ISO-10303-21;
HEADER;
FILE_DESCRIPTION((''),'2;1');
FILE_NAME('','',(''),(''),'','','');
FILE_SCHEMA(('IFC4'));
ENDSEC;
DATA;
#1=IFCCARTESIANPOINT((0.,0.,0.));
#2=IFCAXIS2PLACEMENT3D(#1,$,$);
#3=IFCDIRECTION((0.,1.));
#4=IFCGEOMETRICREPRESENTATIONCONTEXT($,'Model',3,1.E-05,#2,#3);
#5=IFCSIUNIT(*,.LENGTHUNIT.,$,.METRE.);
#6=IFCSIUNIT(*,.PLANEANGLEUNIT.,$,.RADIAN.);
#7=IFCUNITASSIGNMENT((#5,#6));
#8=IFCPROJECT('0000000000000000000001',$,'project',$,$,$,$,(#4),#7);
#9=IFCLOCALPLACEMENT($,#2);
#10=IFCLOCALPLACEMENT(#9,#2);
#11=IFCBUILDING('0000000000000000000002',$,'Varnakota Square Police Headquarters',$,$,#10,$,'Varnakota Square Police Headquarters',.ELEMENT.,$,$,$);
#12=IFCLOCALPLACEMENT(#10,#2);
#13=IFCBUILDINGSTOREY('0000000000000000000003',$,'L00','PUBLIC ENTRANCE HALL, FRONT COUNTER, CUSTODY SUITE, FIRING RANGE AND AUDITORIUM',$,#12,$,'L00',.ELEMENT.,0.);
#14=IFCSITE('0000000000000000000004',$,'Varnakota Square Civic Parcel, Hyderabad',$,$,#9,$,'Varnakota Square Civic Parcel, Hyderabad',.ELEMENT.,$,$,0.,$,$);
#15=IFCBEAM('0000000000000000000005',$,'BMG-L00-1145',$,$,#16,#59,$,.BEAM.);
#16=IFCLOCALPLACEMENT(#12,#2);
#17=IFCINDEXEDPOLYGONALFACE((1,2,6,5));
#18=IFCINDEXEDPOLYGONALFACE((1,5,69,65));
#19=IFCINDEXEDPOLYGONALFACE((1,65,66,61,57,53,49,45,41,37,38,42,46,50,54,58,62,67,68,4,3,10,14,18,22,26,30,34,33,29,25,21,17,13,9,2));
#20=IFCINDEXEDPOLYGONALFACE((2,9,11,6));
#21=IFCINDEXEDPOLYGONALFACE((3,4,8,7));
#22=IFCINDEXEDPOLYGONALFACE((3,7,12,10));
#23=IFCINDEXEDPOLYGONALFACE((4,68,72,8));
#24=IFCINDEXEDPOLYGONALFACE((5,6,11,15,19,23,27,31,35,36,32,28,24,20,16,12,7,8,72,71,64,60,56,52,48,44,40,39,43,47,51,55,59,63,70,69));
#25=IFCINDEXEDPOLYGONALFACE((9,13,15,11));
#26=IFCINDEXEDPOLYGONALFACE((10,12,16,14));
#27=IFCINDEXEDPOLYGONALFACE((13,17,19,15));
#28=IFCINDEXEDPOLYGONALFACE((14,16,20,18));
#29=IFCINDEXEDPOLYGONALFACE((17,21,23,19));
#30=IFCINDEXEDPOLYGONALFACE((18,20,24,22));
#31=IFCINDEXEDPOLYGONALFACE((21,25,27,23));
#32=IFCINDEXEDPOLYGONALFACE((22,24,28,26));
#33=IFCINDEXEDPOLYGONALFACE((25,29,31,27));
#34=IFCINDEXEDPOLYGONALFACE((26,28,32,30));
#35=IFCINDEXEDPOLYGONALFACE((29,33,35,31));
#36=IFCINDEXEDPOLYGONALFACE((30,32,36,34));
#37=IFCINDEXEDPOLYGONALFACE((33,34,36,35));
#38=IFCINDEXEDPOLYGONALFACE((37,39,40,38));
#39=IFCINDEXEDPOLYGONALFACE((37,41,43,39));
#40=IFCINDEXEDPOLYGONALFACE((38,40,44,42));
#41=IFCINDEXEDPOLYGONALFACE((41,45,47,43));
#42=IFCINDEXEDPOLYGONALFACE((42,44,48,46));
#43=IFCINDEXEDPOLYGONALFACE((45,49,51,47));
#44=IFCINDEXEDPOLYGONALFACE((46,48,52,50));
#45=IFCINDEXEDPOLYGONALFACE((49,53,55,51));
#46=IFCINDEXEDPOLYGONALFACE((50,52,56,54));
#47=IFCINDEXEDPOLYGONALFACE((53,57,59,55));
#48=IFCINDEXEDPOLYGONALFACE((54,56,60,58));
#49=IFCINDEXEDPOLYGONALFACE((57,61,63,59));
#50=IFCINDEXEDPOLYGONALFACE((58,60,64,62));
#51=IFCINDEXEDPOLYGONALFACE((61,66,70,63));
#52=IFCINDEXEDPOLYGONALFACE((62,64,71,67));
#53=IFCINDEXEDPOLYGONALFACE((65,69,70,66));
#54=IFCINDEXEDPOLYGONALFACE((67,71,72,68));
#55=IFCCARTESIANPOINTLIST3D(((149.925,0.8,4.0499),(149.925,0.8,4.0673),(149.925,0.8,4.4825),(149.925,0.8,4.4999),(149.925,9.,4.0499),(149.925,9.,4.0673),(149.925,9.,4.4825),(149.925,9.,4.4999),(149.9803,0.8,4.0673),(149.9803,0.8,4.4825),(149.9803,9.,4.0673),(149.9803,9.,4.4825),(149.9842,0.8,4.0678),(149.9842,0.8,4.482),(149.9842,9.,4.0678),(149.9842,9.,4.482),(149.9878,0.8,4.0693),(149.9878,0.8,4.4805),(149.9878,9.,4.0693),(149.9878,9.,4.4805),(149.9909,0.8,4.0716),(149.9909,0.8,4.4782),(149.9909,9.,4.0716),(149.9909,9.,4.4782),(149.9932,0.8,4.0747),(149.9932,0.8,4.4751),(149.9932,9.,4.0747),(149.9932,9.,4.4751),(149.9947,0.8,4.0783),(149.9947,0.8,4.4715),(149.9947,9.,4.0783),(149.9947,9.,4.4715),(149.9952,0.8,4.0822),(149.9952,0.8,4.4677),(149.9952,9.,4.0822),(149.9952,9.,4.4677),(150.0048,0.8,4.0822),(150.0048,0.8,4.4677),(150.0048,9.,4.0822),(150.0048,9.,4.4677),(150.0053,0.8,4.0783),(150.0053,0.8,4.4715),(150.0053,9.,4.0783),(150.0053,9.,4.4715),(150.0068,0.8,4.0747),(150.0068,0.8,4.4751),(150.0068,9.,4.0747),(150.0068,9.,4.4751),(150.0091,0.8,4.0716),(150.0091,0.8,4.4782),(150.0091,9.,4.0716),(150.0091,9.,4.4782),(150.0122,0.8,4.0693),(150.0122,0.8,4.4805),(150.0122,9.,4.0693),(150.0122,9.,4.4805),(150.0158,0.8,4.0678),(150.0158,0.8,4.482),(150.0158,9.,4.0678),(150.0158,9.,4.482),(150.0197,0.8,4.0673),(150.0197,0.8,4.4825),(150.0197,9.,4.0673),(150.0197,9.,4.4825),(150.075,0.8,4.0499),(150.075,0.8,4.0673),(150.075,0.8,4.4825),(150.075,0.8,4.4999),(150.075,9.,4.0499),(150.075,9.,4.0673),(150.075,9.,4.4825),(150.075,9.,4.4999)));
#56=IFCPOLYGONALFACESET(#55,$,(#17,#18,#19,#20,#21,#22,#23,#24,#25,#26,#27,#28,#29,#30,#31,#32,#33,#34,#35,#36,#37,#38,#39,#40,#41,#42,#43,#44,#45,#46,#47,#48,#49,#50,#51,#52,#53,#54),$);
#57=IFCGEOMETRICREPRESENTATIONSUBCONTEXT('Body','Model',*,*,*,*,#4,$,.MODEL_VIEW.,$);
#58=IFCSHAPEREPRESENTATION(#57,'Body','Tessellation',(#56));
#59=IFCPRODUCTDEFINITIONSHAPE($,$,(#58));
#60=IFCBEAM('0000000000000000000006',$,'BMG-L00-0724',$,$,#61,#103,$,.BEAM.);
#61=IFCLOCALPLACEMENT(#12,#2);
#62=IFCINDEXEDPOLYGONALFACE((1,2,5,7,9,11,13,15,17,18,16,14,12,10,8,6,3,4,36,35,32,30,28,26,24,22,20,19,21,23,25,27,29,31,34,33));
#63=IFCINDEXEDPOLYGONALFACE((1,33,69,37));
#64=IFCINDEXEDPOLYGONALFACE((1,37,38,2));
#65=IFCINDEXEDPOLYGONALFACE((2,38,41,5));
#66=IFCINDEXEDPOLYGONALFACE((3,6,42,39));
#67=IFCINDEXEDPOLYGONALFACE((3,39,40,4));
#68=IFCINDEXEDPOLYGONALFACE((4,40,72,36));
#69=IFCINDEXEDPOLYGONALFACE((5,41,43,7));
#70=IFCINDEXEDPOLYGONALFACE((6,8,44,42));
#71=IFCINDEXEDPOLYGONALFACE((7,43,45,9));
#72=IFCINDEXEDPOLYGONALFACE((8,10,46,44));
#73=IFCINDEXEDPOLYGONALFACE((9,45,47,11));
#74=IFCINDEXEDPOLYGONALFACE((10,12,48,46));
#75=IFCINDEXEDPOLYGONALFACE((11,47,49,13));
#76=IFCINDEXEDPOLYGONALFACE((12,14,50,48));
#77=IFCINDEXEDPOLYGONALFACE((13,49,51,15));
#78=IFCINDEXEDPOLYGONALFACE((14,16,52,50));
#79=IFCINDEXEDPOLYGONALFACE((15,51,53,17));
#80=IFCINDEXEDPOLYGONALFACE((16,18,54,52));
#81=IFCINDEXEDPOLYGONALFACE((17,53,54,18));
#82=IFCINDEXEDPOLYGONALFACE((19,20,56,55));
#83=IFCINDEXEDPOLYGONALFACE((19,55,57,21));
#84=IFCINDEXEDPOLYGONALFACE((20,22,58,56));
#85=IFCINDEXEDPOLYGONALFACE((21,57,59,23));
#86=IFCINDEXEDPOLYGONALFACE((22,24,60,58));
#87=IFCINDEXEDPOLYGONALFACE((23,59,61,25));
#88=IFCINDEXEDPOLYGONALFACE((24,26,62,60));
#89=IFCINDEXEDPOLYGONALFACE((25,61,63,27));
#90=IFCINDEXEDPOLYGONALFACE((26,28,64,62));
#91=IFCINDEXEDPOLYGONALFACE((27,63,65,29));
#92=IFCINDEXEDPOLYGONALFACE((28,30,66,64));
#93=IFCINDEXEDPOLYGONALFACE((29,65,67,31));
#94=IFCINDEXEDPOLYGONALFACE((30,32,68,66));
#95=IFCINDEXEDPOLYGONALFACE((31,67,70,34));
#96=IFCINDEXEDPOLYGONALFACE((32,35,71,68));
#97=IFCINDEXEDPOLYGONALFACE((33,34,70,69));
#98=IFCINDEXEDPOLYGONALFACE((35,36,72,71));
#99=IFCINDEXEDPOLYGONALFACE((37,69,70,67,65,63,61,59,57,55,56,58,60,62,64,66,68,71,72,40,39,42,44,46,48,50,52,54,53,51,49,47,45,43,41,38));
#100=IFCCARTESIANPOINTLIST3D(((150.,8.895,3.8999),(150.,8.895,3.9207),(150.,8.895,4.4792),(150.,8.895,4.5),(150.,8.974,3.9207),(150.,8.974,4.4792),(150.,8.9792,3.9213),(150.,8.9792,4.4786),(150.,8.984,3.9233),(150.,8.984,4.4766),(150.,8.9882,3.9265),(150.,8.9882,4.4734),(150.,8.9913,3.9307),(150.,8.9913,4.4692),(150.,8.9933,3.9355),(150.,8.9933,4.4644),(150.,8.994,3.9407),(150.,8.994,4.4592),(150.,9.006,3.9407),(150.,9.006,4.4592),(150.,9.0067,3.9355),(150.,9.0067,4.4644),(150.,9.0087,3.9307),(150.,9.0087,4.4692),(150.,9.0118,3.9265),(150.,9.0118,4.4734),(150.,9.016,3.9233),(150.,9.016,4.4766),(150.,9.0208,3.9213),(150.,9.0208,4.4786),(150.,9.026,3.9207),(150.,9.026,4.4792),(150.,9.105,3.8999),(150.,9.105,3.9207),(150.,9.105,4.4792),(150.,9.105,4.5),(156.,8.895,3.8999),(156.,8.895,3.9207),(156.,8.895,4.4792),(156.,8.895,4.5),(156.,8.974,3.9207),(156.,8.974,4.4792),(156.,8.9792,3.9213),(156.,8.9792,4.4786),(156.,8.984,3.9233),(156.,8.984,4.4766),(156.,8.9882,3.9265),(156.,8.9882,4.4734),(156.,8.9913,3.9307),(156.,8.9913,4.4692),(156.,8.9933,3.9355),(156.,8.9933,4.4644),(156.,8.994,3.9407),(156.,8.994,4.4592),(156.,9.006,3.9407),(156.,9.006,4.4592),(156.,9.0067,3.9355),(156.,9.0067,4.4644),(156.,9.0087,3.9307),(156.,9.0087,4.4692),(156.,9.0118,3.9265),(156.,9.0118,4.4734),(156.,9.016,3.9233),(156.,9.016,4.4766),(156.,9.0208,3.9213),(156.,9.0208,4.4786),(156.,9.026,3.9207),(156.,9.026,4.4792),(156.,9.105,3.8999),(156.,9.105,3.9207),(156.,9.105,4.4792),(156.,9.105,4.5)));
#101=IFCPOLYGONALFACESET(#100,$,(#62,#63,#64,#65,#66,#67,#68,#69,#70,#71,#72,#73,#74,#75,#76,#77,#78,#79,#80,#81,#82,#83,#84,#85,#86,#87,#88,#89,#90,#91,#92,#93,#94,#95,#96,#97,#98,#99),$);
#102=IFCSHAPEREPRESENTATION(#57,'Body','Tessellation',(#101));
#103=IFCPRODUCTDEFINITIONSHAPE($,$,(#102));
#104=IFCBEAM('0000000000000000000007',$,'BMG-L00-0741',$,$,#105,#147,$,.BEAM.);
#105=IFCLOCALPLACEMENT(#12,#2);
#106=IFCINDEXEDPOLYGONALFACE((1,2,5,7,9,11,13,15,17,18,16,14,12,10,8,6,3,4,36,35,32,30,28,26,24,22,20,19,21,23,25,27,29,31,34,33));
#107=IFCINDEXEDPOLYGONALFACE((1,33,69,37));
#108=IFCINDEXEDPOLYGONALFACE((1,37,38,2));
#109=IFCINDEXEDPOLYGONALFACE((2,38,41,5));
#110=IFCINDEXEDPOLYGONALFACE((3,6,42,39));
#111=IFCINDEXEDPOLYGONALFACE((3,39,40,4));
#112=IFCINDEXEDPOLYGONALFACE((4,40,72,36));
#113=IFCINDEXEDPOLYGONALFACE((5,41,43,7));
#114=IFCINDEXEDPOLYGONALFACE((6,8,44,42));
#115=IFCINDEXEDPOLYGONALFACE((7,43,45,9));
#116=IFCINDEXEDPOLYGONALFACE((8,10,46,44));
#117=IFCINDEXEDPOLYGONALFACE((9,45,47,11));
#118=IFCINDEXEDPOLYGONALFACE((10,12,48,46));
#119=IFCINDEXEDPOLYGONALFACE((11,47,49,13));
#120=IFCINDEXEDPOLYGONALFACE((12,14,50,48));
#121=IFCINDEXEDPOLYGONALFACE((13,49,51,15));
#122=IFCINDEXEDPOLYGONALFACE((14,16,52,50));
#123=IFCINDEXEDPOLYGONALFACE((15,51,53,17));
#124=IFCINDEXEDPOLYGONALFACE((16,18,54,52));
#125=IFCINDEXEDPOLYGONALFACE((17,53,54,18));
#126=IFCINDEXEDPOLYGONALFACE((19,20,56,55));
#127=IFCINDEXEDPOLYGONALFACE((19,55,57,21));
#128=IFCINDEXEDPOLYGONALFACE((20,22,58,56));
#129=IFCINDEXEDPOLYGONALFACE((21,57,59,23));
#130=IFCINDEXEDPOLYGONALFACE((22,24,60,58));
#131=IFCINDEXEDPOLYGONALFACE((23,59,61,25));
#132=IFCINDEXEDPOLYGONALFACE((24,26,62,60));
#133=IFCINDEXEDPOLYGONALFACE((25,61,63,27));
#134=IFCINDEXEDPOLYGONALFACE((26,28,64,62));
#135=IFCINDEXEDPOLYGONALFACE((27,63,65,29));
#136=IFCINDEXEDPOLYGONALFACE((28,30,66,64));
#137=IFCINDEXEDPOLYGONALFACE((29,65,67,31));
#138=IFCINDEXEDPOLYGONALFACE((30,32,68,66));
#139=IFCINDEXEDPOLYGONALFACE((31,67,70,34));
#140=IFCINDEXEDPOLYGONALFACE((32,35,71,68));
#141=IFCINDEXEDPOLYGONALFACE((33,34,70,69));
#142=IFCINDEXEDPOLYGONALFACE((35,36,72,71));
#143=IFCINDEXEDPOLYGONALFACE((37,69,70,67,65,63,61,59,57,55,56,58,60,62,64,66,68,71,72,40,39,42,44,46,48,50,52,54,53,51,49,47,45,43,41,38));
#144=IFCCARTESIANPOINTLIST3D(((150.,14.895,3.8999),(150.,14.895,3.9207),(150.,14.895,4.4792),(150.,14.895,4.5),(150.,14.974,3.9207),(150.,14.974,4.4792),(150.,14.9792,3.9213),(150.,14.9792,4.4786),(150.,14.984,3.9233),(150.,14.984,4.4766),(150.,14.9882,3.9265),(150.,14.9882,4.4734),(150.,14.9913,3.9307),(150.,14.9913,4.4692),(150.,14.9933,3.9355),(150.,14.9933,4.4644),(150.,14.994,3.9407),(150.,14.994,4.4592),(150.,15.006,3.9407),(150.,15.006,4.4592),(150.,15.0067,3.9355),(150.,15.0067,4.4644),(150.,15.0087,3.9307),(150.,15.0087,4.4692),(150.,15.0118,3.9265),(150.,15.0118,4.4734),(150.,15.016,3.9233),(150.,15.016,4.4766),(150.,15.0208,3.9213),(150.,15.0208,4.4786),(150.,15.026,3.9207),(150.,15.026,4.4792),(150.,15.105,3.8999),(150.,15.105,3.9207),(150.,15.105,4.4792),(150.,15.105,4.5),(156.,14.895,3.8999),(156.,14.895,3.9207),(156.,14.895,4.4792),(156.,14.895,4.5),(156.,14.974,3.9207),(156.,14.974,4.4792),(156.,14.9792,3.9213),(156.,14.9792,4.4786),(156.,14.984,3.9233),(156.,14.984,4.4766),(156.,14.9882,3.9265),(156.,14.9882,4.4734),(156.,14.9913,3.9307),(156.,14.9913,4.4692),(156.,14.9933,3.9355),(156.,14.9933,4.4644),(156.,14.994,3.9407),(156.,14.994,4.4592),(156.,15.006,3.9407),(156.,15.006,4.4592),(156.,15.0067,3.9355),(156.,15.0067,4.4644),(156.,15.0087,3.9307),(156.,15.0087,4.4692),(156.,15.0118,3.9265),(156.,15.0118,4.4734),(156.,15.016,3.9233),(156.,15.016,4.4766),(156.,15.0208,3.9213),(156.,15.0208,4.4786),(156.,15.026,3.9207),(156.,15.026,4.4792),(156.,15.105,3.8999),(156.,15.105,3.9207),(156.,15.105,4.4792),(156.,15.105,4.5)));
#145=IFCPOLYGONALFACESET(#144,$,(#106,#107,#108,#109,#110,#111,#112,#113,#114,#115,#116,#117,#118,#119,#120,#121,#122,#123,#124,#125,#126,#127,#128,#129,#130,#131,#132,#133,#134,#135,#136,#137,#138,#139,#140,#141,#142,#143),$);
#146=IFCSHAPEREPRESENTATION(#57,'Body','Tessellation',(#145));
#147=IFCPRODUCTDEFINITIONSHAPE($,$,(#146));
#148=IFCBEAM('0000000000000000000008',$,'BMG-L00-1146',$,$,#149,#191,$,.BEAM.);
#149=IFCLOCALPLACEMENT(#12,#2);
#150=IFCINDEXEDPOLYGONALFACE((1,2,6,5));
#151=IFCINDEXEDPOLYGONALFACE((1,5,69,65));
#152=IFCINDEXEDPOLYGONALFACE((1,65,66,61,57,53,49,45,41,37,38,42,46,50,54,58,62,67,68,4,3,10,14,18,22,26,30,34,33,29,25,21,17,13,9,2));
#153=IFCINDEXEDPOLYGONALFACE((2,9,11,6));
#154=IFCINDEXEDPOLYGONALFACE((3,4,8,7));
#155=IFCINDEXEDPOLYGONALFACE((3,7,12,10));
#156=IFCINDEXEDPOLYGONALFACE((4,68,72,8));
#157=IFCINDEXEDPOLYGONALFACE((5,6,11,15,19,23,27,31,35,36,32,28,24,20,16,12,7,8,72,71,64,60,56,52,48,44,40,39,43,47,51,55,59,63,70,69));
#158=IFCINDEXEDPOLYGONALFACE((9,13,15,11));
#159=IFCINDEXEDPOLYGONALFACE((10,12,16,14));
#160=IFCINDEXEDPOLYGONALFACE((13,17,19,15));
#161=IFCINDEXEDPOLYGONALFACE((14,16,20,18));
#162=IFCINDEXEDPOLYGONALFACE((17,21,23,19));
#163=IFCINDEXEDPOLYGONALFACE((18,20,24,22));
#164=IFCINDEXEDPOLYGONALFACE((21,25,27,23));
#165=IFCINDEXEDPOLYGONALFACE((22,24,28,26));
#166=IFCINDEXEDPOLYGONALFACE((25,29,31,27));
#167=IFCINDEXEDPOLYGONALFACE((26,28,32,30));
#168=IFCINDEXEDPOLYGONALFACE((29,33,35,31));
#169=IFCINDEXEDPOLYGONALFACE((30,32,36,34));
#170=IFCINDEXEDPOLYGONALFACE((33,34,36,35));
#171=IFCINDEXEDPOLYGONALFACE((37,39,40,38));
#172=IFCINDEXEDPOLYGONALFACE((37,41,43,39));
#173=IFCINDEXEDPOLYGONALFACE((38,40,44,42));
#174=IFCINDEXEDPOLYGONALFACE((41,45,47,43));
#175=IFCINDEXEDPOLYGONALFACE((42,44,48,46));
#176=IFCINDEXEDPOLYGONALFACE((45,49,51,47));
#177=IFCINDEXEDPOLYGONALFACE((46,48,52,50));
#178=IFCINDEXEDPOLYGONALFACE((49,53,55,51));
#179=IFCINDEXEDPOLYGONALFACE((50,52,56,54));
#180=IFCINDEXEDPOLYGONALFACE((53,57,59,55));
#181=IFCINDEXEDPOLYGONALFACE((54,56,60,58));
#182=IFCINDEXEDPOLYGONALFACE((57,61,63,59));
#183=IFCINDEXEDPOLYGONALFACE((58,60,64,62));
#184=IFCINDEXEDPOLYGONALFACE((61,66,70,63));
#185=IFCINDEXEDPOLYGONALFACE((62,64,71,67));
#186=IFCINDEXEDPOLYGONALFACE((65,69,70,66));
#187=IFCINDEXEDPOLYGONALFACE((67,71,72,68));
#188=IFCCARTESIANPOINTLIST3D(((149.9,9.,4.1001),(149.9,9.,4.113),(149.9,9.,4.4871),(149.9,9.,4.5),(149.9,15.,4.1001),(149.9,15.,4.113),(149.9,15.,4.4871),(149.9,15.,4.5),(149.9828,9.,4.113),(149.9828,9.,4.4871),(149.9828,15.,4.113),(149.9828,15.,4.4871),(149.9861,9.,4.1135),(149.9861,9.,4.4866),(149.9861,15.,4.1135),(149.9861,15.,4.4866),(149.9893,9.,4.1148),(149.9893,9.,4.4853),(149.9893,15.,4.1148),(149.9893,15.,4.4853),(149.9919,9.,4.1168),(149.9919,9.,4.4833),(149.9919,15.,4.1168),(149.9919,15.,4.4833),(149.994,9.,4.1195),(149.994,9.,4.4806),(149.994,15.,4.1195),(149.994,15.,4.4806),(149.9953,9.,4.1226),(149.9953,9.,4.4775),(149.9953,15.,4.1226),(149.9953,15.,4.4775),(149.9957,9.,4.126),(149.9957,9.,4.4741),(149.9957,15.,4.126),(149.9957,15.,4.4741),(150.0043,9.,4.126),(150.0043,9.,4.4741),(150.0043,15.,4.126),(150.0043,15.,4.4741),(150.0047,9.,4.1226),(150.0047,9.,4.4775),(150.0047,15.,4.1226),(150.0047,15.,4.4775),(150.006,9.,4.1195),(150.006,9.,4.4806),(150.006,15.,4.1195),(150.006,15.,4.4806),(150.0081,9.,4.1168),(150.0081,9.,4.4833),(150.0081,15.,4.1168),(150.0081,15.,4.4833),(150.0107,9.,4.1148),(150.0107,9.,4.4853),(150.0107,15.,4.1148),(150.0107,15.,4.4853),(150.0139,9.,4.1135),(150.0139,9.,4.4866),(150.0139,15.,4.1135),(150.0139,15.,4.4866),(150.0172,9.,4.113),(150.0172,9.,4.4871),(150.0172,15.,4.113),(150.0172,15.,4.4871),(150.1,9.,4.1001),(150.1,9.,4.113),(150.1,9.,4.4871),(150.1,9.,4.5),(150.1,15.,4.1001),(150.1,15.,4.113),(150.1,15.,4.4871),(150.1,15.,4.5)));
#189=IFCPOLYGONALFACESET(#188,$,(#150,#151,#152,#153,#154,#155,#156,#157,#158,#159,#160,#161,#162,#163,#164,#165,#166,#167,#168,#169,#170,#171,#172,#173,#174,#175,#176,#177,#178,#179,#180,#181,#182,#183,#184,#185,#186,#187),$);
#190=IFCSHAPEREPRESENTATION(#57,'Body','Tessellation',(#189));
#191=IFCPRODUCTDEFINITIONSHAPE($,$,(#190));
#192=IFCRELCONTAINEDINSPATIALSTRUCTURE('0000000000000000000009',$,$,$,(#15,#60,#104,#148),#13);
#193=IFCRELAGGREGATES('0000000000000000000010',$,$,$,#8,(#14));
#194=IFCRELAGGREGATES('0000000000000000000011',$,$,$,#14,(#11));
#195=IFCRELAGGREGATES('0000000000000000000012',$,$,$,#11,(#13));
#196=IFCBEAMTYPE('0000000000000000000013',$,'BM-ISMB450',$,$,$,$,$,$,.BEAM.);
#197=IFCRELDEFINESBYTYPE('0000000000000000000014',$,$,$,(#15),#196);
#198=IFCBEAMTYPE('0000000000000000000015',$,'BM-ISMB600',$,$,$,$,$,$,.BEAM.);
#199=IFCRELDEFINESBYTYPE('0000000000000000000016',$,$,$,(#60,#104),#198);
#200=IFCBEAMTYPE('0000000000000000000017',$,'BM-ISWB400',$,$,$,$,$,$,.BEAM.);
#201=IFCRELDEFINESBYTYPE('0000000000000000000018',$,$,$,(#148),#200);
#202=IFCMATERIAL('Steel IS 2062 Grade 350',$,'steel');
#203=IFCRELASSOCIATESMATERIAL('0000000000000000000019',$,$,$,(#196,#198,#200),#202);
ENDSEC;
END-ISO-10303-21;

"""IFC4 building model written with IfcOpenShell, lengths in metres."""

from ifc_helpers import new_model, si_unit, direction, frame, origin, origin_2d, place, context, subcontext, project, spatial, i_section, extrude, material, material_profile, profile_set, type_object, element, save


model = new_model("IFC4")

# Units and contexts
model_context = context("Model", 3, precision=1e-05, world=origin(), true_north=direction((0.0, 1.0)))
body_context = subcontext(model_context, "Body", "Model", "MODEL_VIEW")
ifc_project = project(units=[si_unit("LENGTHUNIT", "METRE"), si_unit("PLANEANGLEUNIT", "RADIAN")], contexts=[model_context])

# Site, building, storey
site_placement = place(None, origin())
site = spatial("IfcSite", under=ifc_project, at=site_placement, Name="Varnakota Square Civic Parcel, Hyderabad", LongName="Varnakota Square Civic Parcel, Hyderabad", CompositionType="ELEMENT", RefElevation=0.0)
building_placement = place(site_placement, origin())
building = spatial("IfcBuilding", under=site, at=building_placement, Name="Varnakota Square Police Headquarters", LongName="Varnakota Square Police Headquarters", CompositionType="ELEMENT")
storey_placement = place(building_placement, origin())
storey = spatial("IfcBuildingStorey", under=building, at=storey_placement, Name="L00", Description="PUBLIC ENTRANCE HALL, FRONT COUNTER, CUSTODY SUITE, FIRING RANGE AND AUDITORIUM", LongName="L00", CompositionType="ELEMENT", Elevation=0.0)

# Beams
ifc_material_1 = material(Name="Steel IS 2062 Grade 350", Category="steel")
ifc_material_profile_1 = material_profile(ifc_material_1, i_section(OverallWidth=0.1499, OverallDepth=0.45, WebThickness=0.0095, FlangeThickness=0.0173, FilletRadius=0.0149, at=origin_2d()), Name="ISMB 450")
ifc_profile_set_1 = profile_set([ifc_material_profile_1], Name="Steel IS 2062 Grade 350")
beam_type_1 = type_object("IfcBeamType", Name="BM-ISMB450", PredefinedType="BEAM", material=ifc_profile_set_1)
beam_1_placement = place(storey_placement, frame((150.0, 0.8, 4.2749), z_axis=(0.0, 1.0, 0.0), x_axis=(-1.0, 0.0, 0.0)))
element("IfcBeam", 1, at=beam_1_placement, inside=storey, type_object=beam_type_1, Name="BMG-L00-1145", PredefinedType="BEAM", context=body_context, shape_type="SweptSolid", body=[
    extrude(i_section(OverallWidth=0.1499, OverallDepth=0.45, WebThickness=0.0095, FlangeThickness=0.0173, FilletRadius=0.0149, at=origin_2d()), origin(), (0.0, 0.0, 1.0), 8.2),
])
ifc_material_profile_2 = material_profile(ifc_material_1, i_section(OverallWidth=0.21, OverallDepth=0.6001, WebThickness=0.012, FlangeThickness=0.0208, FilletRadius=0.02, at=origin_2d()), Name="ISMB 600")
ifc_profile_set_2 = profile_set([ifc_material_profile_2], Name="Steel IS 2062 Grade 350")
beam_type_2 = type_object("IfcBeamType", Name="BM-ISMB600", PredefinedType="BEAM", material=ifc_profile_set_2)
for number, where, z_axis, x_axis, name in (
    (2, (150.0, 9.0, 4.2), (1.0, 0.0, 0.0), (0.0, 1.0, 0.0), "BMG-L00-0724"),
    (3, (150.0, 15.0, 4.2), (1.0, 0.0, 0.0), (0.0, 1.0, 0.0), "BMG-L00-0741"),
):
    element("IfcBeam", number, at=place(storey_placement, frame(where, z_axis=z_axis, x_axis=x_axis)), inside=storey, type_object=beam_type_2, Name=name, PredefinedType="BEAM", context=body_context, shape_type="SweptSolid", body=[
        extrude(i_section(OverallWidth=0.21, OverallDepth=0.6001, WebThickness=0.012, FlangeThickness=0.0208, FilletRadius=0.02, at=origin_2d()), origin(), (0.0, 0.0, 1.0), 6.0),
    ])
ifc_material_profile_3 = material_profile(ifc_material_1, i_section(OverallWidth=0.2, OverallDepth=0.3999, WebThickness=0.0085, FlangeThickness=0.0129, FilletRadius=0.0129, at=origin_2d()), Name="ISWB 400")
ifc_profile_set_3 = profile_set([ifc_material_profile_3], Name="Steel IS 2062 Grade 350")
beam_type_3 = type_object("IfcBeamType", Name="BM-ISWB400", PredefinedType="BEAM", material=ifc_profile_set_3)
beam_2_placement = place(storey_placement, frame((150.0, 9.0, 4.3), z_axis=(0.0, 1.0, 0.0), x_axis=(-1.0, 0.0, 0.0)))
element("IfcBeam", 4, at=beam_2_placement, inside=storey, type_object=beam_type_3, Name="BMG-L00-1146", PredefinedType="BEAM", context=body_context, shape_type="SweptSolid", body=[
    extrude(i_section(OverallWidth=0.2, OverallDepth=0.3999, WebThickness=0.0085, FlangeThickness=0.0129, FilletRadius=0.0129, at=origin_2d()), origin(), (0.0, 0.0, 1.0), 6.0),
])

save(model, "model.ifc")
